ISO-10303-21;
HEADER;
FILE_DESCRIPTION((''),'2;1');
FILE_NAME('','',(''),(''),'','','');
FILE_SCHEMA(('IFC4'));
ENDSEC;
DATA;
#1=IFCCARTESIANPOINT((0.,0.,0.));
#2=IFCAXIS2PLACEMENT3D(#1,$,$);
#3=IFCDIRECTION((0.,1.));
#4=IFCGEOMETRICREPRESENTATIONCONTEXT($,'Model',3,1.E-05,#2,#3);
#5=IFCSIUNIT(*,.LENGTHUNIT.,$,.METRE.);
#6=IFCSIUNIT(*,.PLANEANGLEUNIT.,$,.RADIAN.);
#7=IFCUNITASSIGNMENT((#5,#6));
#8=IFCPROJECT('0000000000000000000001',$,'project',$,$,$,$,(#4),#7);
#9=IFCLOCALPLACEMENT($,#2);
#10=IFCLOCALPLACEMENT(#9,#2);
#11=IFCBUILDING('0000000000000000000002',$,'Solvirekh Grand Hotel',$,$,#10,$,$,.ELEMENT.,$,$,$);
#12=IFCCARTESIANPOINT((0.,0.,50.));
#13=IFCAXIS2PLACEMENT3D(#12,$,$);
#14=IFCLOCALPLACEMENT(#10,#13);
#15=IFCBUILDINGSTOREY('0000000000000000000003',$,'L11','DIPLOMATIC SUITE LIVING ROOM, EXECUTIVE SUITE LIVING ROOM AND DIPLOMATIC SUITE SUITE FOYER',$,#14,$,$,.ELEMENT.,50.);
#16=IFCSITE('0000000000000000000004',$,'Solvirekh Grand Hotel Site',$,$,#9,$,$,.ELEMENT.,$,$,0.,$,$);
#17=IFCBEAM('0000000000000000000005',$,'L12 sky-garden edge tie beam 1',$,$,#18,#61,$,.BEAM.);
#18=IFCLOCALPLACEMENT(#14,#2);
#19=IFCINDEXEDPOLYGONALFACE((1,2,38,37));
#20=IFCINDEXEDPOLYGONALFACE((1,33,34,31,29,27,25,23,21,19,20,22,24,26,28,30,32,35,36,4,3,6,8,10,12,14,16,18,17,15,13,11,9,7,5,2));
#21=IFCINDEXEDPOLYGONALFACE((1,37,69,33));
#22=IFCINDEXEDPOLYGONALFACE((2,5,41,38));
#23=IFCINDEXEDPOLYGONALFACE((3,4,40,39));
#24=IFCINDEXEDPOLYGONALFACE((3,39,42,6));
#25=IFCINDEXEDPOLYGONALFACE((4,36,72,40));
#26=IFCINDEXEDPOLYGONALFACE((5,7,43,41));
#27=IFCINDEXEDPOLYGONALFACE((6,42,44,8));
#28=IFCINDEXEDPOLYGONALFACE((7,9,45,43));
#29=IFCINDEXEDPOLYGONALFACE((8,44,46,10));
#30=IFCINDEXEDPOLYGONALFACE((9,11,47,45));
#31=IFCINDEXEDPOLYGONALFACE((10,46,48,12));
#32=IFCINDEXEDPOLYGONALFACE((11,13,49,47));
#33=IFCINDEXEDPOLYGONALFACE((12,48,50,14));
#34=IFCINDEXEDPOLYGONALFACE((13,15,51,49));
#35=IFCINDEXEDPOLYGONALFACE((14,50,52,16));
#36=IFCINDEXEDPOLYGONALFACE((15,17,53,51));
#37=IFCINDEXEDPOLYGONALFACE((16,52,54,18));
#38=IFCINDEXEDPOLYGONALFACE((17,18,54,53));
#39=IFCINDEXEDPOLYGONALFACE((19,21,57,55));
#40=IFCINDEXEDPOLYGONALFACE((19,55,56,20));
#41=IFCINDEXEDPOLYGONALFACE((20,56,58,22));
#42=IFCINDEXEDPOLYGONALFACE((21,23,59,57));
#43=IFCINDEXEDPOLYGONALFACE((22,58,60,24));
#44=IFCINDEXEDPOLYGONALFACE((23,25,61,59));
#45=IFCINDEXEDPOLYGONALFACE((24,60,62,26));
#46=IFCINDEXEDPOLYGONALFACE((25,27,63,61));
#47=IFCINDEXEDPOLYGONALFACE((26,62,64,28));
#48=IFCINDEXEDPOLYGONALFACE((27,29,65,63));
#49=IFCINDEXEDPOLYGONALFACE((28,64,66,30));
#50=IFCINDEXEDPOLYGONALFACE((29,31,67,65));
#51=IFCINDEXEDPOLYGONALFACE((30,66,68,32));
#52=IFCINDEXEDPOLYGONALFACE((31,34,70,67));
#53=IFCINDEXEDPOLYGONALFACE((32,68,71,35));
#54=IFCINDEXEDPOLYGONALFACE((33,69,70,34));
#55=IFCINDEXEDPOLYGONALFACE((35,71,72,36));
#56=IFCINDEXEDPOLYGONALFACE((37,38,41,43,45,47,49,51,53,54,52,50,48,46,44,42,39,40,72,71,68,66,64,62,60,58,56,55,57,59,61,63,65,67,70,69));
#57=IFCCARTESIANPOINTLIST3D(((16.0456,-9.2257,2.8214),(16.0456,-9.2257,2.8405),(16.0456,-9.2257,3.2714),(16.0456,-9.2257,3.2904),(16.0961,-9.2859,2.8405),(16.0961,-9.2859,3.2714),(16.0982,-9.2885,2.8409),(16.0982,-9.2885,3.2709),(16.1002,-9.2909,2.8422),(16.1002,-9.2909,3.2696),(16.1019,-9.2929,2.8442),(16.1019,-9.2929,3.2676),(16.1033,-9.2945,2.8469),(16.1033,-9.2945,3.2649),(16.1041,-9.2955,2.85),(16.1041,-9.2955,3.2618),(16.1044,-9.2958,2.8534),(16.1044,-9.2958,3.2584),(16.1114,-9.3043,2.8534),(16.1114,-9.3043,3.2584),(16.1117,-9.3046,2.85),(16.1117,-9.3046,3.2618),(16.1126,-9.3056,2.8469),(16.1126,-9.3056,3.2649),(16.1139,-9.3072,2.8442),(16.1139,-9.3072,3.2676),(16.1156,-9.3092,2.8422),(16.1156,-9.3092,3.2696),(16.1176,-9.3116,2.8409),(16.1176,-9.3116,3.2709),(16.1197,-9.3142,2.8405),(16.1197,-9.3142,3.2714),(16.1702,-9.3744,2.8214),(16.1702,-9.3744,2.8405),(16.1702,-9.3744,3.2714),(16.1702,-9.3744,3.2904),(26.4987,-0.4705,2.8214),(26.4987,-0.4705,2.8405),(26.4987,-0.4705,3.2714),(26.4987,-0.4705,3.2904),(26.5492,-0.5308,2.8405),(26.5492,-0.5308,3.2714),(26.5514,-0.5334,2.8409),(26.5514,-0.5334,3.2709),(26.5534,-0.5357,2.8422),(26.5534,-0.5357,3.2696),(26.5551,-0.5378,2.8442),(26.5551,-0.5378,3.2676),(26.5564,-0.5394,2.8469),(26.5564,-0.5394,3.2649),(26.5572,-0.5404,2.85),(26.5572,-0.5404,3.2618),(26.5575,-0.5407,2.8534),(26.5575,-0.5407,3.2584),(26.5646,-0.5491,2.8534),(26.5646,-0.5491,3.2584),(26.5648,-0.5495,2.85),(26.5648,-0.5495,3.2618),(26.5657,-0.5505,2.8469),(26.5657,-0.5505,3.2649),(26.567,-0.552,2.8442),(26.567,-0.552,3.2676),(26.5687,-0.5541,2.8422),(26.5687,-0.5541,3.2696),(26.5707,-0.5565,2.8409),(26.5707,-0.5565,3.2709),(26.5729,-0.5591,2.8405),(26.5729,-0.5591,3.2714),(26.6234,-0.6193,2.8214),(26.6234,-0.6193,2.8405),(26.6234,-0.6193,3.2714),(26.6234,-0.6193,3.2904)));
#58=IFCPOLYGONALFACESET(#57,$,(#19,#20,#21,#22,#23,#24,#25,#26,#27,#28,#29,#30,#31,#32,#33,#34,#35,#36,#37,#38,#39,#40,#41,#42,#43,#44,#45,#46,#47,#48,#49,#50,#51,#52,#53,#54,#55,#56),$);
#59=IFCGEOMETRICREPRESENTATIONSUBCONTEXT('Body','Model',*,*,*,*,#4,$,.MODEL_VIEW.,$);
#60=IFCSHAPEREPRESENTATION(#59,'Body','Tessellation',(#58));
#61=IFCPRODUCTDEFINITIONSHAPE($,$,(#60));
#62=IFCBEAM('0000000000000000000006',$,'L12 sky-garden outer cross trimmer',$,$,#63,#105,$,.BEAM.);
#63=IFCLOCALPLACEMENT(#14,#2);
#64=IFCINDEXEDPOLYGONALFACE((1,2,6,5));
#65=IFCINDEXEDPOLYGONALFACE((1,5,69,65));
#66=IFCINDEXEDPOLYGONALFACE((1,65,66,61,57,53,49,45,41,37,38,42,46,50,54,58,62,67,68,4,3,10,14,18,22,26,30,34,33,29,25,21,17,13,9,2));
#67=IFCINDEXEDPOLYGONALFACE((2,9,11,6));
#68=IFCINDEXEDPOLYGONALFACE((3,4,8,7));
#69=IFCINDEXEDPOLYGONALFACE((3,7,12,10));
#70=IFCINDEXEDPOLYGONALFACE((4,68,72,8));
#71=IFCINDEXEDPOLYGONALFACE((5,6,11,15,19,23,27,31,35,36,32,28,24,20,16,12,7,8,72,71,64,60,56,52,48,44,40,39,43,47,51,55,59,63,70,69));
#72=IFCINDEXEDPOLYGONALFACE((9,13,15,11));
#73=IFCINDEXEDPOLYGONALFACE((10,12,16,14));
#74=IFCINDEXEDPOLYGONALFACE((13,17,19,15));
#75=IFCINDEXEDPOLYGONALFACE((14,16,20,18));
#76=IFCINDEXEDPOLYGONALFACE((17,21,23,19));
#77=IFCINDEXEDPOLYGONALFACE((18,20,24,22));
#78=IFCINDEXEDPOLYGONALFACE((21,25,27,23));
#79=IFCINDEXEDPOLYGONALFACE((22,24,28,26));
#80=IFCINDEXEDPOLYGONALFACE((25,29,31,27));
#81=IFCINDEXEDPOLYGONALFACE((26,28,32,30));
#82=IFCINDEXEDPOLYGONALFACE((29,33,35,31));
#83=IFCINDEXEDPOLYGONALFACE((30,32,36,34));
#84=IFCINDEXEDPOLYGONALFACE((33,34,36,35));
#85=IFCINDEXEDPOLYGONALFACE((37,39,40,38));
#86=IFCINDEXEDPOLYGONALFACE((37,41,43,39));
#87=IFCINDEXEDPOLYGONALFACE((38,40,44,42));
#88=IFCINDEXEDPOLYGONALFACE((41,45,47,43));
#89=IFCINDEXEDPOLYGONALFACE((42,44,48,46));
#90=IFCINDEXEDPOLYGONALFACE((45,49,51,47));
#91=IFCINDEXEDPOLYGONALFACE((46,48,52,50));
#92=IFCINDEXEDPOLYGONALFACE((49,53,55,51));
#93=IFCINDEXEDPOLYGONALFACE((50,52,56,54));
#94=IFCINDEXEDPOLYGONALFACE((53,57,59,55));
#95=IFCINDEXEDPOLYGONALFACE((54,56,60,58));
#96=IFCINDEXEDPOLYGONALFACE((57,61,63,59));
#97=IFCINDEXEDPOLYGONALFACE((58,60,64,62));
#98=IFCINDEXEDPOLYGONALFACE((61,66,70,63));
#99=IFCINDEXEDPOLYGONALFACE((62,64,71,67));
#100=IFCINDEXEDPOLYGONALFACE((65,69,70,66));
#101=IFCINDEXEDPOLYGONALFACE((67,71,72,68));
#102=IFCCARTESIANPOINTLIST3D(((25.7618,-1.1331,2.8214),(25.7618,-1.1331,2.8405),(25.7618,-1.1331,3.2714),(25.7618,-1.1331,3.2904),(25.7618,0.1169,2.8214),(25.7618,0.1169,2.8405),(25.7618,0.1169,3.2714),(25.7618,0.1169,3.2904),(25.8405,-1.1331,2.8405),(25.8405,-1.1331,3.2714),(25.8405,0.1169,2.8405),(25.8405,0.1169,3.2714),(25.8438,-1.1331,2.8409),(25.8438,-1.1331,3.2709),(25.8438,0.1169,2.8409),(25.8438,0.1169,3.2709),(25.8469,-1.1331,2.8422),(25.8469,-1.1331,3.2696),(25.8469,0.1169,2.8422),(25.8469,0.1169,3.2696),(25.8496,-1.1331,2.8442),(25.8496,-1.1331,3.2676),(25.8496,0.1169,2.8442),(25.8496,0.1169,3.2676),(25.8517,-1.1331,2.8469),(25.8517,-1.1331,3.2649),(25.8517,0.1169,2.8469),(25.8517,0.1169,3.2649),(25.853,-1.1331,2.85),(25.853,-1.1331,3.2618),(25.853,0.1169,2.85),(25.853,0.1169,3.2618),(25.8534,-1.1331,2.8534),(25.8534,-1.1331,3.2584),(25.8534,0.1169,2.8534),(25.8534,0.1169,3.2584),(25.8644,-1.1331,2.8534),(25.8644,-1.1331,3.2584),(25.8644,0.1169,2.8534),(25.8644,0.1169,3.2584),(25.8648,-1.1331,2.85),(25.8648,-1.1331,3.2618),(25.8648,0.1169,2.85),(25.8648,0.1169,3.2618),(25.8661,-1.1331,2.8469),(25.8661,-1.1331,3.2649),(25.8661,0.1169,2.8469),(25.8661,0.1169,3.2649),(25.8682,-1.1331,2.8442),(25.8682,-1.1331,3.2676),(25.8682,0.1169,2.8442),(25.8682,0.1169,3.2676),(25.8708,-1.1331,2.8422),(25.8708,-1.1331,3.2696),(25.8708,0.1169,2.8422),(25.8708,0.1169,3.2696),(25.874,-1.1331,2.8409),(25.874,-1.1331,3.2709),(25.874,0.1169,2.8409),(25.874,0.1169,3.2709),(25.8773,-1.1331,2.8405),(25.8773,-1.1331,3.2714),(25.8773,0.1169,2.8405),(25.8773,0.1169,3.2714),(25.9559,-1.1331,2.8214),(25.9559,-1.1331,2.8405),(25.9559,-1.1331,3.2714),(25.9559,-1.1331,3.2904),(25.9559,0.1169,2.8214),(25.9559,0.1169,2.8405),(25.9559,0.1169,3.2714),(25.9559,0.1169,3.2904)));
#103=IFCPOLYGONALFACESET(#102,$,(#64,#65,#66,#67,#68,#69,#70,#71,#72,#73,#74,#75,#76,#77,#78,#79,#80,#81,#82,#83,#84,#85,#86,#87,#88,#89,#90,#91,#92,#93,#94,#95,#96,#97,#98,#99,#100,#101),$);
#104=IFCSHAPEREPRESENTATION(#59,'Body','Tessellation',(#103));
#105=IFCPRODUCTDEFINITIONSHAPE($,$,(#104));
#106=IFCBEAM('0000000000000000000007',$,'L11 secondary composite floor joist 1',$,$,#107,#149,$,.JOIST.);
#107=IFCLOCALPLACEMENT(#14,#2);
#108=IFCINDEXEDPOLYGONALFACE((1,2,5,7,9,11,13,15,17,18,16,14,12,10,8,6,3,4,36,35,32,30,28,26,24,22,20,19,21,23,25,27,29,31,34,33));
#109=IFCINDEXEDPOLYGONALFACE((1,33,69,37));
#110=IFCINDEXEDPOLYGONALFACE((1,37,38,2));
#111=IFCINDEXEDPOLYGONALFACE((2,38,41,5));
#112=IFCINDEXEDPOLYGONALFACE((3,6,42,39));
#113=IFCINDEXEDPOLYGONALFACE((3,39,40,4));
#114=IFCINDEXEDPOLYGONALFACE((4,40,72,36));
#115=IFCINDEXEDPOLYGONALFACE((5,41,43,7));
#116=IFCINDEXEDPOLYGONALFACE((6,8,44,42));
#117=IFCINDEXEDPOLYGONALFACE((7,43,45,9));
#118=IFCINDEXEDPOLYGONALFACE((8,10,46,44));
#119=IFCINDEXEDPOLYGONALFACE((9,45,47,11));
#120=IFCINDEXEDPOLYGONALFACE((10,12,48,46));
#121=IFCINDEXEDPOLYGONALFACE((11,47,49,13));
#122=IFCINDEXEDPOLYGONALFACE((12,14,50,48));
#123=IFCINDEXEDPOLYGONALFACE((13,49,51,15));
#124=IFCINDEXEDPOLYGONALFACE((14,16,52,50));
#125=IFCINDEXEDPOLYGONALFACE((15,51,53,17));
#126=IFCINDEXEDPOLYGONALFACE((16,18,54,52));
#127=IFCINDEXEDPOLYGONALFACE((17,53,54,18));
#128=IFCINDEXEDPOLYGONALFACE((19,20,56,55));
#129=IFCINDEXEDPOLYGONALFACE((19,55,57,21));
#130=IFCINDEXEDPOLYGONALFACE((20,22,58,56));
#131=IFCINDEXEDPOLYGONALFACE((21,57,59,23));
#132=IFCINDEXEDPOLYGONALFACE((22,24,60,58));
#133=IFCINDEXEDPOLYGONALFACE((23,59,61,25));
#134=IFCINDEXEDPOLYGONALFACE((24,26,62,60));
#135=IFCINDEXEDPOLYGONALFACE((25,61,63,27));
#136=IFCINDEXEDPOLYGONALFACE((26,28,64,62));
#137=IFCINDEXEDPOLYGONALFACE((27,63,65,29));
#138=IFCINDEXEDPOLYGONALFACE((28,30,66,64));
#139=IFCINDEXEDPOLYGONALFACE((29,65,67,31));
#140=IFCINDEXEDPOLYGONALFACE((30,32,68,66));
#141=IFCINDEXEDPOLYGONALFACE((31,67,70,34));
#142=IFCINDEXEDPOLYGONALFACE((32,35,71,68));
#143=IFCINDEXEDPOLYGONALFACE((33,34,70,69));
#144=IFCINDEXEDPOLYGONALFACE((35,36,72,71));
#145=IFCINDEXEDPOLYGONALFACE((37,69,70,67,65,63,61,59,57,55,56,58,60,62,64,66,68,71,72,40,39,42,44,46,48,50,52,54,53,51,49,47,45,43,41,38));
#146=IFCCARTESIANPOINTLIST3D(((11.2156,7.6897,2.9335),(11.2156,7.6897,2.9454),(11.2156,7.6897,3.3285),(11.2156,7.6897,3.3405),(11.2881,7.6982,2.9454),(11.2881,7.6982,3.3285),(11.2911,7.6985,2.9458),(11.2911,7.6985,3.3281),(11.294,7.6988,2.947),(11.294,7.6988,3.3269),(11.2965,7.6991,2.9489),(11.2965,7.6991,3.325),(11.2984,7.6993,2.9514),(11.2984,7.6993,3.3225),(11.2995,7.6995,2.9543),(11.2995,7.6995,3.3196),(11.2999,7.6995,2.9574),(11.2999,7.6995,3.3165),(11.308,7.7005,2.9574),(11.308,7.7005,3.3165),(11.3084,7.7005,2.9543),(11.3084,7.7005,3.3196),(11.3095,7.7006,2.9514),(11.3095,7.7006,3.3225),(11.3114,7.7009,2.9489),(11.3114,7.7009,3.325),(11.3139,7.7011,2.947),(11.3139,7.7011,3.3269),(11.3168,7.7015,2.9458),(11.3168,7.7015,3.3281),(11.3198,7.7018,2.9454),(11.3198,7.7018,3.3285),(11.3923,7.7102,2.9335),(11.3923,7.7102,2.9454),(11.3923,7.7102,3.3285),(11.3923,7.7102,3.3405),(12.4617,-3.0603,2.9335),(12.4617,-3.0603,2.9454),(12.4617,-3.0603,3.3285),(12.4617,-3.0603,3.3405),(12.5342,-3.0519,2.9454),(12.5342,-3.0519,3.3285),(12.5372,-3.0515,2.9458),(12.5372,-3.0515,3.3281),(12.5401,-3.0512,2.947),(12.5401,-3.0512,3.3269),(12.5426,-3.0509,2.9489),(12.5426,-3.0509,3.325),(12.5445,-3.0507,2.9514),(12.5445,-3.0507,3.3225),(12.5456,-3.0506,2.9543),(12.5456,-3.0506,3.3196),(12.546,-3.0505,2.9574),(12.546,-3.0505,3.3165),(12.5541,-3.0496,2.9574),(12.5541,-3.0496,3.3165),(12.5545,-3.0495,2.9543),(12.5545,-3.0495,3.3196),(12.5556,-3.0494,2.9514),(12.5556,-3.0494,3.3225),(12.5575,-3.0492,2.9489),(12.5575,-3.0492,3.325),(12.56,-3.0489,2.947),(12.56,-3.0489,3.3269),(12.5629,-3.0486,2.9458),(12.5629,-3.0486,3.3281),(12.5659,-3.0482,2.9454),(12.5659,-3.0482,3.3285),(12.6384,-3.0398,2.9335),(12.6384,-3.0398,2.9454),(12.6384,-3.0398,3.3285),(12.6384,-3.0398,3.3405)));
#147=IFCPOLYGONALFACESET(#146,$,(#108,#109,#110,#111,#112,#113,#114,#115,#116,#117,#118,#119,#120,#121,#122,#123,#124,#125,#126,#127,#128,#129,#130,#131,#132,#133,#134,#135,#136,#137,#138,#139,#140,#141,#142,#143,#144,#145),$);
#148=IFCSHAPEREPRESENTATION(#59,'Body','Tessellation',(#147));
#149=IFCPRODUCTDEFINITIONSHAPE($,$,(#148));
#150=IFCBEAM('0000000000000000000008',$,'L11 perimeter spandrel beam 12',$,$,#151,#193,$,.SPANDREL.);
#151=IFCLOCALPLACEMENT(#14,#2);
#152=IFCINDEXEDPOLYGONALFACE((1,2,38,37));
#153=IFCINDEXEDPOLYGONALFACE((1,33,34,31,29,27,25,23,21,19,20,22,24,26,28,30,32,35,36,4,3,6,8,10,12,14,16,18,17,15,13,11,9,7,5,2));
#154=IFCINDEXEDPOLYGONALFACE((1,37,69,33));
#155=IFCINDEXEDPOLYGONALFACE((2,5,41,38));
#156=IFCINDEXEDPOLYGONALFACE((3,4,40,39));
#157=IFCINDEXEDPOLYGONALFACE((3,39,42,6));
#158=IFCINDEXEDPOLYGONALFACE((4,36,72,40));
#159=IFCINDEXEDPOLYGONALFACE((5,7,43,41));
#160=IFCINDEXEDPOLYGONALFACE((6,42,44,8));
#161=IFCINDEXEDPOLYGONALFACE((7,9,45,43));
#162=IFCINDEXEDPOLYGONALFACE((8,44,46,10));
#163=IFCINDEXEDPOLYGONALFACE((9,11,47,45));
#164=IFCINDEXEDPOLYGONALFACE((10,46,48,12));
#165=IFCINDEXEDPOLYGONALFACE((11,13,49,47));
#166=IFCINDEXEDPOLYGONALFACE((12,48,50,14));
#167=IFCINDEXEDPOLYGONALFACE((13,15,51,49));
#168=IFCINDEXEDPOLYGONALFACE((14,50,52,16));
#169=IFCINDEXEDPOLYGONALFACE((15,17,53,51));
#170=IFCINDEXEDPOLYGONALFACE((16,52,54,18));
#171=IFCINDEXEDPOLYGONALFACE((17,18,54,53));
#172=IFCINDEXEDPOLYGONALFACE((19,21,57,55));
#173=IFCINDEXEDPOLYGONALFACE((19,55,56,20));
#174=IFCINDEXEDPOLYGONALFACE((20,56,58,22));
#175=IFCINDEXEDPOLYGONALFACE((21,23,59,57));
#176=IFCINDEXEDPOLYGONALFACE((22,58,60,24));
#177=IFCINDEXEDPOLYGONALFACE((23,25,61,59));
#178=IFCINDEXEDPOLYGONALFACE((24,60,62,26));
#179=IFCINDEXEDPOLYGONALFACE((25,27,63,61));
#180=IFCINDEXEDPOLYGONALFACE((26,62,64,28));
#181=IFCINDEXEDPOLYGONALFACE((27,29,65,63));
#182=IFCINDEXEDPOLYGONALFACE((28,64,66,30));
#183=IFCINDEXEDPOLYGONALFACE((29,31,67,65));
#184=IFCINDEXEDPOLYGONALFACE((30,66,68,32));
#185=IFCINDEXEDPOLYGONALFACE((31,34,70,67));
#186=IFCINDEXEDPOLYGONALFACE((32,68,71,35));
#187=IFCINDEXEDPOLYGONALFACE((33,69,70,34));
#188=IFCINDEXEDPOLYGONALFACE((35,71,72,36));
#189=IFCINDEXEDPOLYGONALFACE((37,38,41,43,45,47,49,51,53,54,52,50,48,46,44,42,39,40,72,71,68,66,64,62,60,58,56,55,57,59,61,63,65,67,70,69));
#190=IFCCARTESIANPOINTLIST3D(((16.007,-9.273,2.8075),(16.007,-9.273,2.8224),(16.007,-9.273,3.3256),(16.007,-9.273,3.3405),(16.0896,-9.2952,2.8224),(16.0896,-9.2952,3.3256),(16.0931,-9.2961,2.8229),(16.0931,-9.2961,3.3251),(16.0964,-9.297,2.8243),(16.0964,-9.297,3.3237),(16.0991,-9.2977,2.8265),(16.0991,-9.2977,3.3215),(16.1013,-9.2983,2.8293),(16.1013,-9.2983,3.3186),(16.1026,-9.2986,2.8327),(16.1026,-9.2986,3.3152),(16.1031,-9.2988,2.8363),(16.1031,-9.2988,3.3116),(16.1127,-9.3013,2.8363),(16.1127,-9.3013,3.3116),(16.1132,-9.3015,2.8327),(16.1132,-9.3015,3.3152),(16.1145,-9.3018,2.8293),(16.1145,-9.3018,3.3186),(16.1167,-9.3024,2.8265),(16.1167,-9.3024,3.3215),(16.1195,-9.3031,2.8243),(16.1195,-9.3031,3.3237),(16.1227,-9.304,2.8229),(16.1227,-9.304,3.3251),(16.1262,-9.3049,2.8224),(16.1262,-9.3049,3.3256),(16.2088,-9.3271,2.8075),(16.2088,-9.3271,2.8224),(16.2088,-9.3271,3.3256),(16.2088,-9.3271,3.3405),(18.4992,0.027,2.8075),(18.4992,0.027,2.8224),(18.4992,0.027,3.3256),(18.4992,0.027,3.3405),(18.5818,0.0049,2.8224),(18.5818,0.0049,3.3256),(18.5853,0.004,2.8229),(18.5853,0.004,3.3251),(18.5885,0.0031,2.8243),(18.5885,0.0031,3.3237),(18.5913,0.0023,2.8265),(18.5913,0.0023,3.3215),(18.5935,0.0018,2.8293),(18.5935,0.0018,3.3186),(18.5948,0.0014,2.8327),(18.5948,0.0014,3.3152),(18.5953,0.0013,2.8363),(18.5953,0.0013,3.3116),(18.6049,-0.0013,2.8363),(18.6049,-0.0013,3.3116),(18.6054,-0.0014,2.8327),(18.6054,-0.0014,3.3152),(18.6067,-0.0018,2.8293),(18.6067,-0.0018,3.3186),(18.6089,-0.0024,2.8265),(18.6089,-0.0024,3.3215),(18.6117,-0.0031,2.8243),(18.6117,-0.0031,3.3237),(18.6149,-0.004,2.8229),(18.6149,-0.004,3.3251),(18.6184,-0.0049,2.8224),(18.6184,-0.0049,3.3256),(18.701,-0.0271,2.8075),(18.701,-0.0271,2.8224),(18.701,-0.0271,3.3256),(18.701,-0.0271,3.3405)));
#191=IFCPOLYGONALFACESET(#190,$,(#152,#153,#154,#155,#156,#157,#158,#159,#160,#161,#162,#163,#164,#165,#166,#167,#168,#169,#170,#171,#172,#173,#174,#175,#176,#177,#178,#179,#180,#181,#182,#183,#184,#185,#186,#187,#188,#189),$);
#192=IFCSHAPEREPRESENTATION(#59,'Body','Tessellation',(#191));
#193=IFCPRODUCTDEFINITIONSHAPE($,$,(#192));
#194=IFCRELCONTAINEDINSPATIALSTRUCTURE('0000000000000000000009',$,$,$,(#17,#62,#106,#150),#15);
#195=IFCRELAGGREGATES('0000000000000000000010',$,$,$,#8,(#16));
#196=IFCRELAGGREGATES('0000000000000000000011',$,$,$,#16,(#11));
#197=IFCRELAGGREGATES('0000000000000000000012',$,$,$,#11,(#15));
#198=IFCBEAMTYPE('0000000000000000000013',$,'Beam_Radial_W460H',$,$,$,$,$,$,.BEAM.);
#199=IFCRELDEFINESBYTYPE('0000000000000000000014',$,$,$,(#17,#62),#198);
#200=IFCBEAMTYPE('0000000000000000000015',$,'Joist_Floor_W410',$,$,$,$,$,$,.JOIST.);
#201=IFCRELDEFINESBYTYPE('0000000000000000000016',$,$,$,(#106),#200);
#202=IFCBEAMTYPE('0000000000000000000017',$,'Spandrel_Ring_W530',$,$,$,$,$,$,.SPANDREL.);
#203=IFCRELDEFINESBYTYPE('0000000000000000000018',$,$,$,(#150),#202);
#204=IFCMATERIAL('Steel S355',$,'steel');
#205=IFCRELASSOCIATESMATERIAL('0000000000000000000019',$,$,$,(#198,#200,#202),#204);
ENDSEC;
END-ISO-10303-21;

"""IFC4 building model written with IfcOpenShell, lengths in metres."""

from ifc_helpers import new_model, si_unit, direction, frame, origin, origin_2d, place, context, subcontext, project, spatial, i_section, extrude, material, material_profile, profile_set, type_object, element, save


model = new_model("IFC4")

# Units and contexts
model_context = context("Model", 3, precision=1e-05, world=origin(), true_north=direction((0.0, 1.0)))
body_context = subcontext(model_context, "Body", "Model", "MODEL_VIEW")
ifc_project = project(units=[si_unit("LENGTHUNIT", "METRE"), si_unit("PLANEANGLEUNIT", "RADIAN")], contexts=[model_context])

# Site, building, storey
site_placement = place(None, origin())
site = spatial("IfcSite", under=ifc_project, at=site_placement, Name="Solvirekh Grand Hotel Site", CompositionType="ELEMENT", RefElevation=0.0)
building_placement = place(site_placement, origin())
building = spatial("IfcBuilding", under=site, at=building_placement, Name="Solvirekh Grand Hotel", CompositionType="ELEMENT")
storey_placement = place(building_placement, frame((0.0, 0.0, 50.0)))
storey = spatial("IfcBuildingStorey", under=building, at=storey_placement, Name="L11", Description="DIPLOMATIC SUITE LIVING ROOM, EXECUTIVE SUITE LIVING ROOM AND DIPLOMATIC SUITE SUITE FOYER", CompositionType="ELEMENT", Elevation=50.0)

# Beams
ifc_material_1 = material(Name="Steel S355", Category="steel")
ifc_material_profile_1 = material_profile(ifc_material_1, i_section(OverallWidth=0.1941, OverallDepth=0.469, WebThickness=0.011, FlangeThickness=0.019, FilletRadius=0.0129, at=origin_2d()), Name="W460X106")
ifc_profile_set_1 = profile_set([ifc_material_profile_1], Name="Steel S355")
beam_type_1 = type_object("IfcBeamType", Name="Beam_Radial_W460H", PredefinedType="BEAM", material=ifc_profile_set_1)
beam_1_placement = place(storey_placement, frame((16.1079, -9.3, 3.0559), z_axis=(0.766625, 0.642095, 0.0), x_axis=(-0.642095, 0.766625, 0.0)))
element("IfcBeam", 1, at=beam_1_placement, inside=storey, type_object=beam_type_1, Name="L12 sky-garden edge tie beam 1", PredefinedType="BEAM", context=body_context, shape_type="SweptSolid", body=[
    extrude(i_section(OverallWidth=0.1941, OverallDepth=0.469, WebThickness=0.011, FlangeThickness=0.019, FilletRadius=0.0129, at=origin_2d()), origin(), (0.0, 0.0, 1.0), 13.6353),
])
beam_2_placement = place(storey_placement, frame((25.8589, -1.1331, 3.0559), z_axis=(0.0, 1.0, 0.0), x_axis=(-1.0, 0.0, 0.0)))
element("IfcBeam", 2, at=beam_2_placement, inside=storey, type_object=beam_type_1, Name="L12 sky-garden outer cross trimmer", PredefinedType="BEAM", context=body_context, shape_type="SweptSolid", body=[
    extrude(i_section(OverallWidth=0.1941, OverallDepth=0.469, WebThickness=0.011, FlangeThickness=0.019, FilletRadius=0.0129, at=origin_2d()), origin(), (0.0, 0.0, 1.0), 1.25),
])
ifc_material_profile_2 = material_profile(ifc_material_1, i_section(OverallWidth=0.178, OverallDepth=0.407, WebThickness=0.0081, FlangeThickness=0.012, FilletRadius=0.012, at=origin_2d()), Name="W410X60")
ifc_profile_set_2 = profile_set([ifc_material_profile_2], Name="Steel S355")
beam_type_2 = type_object("IfcBeamType", Name="Joist_Floor_W410", PredefinedType="JOIST", material=ifc_profile_set_2)
beam_3_placement = place(storey_placement, frame((12.55, -3.05, 3.137), z_axis=(-0.115145, 0.993349, 0.0), x_axis=(-0.993349, -0.115145, 0.0)))
element("IfcBeam", 3, at=beam_3_placement, inside=storey, type_object=beam_type_2, Name="L11 secondary composite floor joist 1", PredefinedType="JOIST", context=body_context, shape_type="SweptSolid", body=[
    extrude(i_section(OverallWidth=0.178, OverallDepth=0.407, WebThickness=0.0081, FlangeThickness=0.012, FilletRadius=0.012, at=origin_2d()), origin(), (0.0, 0.0, 1.0), 10.822),
])
ifc_material_profile_3 = material_profile(ifc_material_1, i_section(OverallWidth=0.209, OverallDepth=0.533, WebThickness=0.01, FlangeThickness=0.0149, FilletRadius=0.0139, at=origin_2d()), Name="W530X92")
ifc_profile_set_3 = profile_set([ifc_material_profile_3], Name="Steel S355")
beam_type_3 = type_object("IfcBeamType", Name="Spandrel_Ring_W530", PredefinedType="SPANDREL", material=ifc_profile_set_3)
beam_4_placement = place(storey_placement, frame((16.1079, -9.3, 3.074), z_axis=(0.258843, 0.965919, 0.0), x_axis=(-0.965919, 0.258843, 0.0)))
element("IfcBeam", 4, at=beam_4_placement, inside=storey, type_object=beam_type_3, Name="L11 perimeter spandrel beam 12", PredefinedType="SPANDREL", context=body_context, shape_type="SweptSolid", body=[
    extrude(i_section(OverallWidth=0.209, OverallDepth=0.533, WebThickness=0.01, FlangeThickness=0.0149, FilletRadius=0.0139, at=origin_2d()), origin(), (0.0, 0.0, 1.0), 9.6282),
])

save(model, "model.ifc")
